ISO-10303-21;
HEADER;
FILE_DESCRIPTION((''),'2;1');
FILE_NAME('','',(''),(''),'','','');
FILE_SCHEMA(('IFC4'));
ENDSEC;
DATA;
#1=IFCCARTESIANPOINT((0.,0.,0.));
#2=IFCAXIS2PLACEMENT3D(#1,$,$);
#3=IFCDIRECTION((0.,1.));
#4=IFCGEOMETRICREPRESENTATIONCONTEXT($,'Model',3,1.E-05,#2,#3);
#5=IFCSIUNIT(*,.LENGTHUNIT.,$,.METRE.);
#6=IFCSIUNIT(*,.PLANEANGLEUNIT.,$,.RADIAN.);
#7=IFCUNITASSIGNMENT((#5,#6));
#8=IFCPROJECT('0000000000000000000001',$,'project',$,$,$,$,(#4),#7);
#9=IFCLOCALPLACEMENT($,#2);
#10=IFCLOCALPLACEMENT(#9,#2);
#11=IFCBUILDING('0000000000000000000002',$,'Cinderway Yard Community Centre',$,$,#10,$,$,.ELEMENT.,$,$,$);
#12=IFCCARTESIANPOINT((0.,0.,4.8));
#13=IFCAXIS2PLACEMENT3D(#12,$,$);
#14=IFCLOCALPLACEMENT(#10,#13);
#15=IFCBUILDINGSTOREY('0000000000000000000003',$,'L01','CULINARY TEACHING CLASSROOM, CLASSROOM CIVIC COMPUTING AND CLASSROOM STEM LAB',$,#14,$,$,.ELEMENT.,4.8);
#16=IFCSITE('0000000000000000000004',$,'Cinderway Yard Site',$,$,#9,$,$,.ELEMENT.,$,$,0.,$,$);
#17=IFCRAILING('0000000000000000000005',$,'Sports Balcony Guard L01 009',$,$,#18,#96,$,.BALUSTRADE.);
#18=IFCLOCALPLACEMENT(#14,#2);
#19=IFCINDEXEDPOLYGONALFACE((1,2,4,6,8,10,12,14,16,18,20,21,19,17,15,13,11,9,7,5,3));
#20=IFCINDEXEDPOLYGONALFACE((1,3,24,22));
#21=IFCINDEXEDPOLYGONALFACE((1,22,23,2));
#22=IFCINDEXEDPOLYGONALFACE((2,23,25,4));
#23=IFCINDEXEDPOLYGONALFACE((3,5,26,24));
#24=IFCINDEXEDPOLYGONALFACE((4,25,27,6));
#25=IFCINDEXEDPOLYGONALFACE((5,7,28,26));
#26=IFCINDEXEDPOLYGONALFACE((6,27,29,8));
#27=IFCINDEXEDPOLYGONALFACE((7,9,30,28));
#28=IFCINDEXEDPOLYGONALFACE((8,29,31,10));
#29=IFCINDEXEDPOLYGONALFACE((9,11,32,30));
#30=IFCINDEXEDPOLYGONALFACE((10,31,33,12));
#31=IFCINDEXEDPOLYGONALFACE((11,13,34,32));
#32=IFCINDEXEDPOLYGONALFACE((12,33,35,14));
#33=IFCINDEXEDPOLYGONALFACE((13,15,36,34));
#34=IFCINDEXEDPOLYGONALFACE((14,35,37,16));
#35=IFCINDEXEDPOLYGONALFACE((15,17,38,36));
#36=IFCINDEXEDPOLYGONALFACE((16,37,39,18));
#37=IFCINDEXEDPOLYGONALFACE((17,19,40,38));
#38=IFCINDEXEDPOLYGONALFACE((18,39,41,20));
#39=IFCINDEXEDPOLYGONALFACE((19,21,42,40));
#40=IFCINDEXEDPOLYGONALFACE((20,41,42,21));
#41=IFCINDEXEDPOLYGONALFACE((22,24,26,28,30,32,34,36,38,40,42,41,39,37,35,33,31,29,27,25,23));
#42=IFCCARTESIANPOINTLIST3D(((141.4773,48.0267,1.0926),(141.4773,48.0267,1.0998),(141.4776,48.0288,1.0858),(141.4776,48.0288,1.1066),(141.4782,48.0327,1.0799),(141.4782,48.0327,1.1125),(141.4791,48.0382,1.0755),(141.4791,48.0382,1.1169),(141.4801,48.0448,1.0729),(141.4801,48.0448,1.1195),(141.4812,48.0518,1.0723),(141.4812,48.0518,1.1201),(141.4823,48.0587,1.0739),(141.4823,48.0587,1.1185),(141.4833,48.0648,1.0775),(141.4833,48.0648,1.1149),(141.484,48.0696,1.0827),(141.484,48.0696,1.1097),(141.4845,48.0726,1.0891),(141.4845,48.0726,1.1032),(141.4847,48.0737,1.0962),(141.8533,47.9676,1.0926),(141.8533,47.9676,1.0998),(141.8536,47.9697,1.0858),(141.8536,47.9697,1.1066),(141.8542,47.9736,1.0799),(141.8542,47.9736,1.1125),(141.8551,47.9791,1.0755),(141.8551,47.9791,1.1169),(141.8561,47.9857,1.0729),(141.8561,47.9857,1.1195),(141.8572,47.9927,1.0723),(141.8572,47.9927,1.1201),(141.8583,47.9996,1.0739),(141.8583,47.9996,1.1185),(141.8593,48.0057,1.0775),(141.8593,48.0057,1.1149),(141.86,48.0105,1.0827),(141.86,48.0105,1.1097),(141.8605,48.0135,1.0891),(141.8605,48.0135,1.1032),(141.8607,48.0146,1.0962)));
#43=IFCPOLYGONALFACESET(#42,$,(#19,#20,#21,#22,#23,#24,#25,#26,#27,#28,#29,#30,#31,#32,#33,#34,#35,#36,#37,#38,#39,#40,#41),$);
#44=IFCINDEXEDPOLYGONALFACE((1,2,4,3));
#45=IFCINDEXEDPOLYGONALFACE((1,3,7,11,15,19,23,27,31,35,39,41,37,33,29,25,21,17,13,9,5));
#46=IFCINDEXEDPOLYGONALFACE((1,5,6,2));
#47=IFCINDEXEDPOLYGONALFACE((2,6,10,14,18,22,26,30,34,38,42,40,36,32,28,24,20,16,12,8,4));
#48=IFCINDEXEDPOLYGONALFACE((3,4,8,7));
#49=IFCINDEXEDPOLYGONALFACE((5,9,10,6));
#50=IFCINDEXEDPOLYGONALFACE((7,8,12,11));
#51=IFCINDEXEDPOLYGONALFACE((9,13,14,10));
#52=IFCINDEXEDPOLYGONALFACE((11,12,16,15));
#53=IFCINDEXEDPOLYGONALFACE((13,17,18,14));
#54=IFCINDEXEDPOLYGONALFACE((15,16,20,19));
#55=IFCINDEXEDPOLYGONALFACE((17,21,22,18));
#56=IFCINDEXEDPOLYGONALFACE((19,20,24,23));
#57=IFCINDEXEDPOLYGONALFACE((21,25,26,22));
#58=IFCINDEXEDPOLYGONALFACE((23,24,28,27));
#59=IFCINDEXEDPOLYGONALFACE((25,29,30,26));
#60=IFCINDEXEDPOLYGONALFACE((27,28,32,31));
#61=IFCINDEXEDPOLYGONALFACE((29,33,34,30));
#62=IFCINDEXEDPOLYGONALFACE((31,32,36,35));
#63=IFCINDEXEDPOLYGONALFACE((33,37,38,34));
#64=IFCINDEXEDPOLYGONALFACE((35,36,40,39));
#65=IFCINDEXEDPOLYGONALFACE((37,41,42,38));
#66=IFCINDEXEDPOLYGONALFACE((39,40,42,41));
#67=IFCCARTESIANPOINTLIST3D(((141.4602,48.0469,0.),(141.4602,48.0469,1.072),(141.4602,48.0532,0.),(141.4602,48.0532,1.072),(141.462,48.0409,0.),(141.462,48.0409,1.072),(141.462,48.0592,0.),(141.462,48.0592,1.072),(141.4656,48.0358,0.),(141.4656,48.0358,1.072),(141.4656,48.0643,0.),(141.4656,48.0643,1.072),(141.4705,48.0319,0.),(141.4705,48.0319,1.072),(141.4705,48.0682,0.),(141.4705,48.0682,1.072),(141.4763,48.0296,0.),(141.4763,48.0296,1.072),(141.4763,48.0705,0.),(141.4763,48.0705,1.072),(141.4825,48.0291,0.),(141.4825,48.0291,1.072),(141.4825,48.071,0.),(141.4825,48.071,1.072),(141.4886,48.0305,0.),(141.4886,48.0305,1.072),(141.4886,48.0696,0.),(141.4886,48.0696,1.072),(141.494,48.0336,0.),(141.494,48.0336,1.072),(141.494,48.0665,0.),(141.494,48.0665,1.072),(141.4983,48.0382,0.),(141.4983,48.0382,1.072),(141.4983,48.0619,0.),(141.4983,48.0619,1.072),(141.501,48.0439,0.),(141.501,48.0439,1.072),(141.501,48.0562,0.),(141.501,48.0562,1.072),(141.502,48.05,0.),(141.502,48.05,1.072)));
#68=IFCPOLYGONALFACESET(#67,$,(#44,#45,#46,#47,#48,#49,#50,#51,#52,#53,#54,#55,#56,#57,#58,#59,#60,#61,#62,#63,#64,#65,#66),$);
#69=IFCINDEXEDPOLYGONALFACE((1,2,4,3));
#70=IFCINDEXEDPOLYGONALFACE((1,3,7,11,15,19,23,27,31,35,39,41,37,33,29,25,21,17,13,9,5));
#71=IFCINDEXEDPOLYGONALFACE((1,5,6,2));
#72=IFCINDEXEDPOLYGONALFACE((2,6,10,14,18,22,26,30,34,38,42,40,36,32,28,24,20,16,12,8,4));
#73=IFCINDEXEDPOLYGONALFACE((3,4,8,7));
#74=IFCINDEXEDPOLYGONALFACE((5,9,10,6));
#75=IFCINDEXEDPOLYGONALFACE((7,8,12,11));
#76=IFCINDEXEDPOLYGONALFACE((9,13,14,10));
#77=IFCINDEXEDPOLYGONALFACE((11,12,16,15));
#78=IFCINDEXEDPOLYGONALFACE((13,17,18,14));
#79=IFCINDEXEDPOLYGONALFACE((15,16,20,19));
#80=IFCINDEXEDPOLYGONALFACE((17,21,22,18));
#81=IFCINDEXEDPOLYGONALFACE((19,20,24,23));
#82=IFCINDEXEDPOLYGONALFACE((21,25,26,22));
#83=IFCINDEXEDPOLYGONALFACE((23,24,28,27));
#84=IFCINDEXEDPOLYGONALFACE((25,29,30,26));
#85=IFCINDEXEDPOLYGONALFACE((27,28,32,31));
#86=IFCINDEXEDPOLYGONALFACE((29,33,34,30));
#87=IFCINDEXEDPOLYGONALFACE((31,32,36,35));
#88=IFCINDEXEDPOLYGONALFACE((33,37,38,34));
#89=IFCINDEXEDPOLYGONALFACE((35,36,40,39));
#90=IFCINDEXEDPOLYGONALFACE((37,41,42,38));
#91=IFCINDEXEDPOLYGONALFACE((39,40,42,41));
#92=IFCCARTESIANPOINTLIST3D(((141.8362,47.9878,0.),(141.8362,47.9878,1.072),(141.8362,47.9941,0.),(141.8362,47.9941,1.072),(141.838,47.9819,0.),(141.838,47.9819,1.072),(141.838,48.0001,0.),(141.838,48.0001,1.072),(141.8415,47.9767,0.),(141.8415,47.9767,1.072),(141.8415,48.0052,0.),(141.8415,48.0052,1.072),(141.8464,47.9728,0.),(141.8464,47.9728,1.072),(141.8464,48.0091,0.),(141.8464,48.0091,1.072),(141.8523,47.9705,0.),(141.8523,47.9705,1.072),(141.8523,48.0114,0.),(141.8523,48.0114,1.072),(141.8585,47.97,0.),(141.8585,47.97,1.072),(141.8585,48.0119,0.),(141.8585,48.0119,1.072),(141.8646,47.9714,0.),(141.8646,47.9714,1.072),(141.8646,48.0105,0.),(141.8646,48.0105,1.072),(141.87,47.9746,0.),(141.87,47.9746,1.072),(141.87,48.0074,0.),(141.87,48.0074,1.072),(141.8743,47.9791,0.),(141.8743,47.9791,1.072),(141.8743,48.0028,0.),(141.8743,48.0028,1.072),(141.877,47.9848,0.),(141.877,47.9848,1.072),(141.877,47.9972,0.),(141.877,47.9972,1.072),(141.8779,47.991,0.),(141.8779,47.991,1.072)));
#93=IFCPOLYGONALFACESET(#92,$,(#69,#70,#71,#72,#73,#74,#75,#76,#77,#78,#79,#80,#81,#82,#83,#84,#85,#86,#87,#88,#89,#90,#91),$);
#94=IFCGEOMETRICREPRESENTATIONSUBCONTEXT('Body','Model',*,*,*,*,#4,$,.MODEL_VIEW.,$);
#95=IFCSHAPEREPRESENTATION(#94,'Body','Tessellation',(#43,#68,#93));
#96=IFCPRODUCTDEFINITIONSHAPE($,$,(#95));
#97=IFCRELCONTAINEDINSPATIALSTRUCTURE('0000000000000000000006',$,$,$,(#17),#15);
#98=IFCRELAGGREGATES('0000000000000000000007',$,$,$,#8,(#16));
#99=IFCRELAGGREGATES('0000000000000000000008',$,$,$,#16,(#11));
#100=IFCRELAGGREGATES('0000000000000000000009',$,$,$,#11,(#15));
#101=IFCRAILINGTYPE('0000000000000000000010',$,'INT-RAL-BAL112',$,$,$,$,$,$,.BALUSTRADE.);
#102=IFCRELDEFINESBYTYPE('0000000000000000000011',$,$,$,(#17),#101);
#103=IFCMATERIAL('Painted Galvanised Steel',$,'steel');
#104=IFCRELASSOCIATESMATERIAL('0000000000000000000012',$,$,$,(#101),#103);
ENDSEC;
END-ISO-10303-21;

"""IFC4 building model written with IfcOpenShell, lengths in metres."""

from ifc_helpers import new_model, si_unit, direction, frame, origin, origin_2d, place, context, subcontext, project, spatial, circle, extrude, material, type_object, element, save


model = new_model("IFC4")

# Units and contexts
model_context = context("Model", 3, precision=1e-05, world=origin(), true_north=direction((0.0, 1.0)))
body_context = subcontext(model_context, "Body", "Model", "MODEL_VIEW")
ifc_project = project(units=[si_unit("LENGTHUNIT", "METRE"), si_unit("PLANEANGLEUNIT", "RADIAN")], contexts=[model_context])

# Site, building, storey
site_placement = place(None, origin())
site = spatial("IfcSite", under=ifc_project, at=site_placement, Name="Cinderway Yard Site", CompositionType="ELEMENT", RefElevation=0.0)
building_placement = place(site_placement, origin())
building = spatial("IfcBuilding", under=site, at=building_placement, Name="Cinderway Yard Community Centre", CompositionType="ELEMENT")
storey_placement = place(building_placement, frame((0.0, 0.0, 4.8)))
storey = spatial("IfcBuildingStorey", under=building, at=storey_placement, Name="L01", Description="CULINARY TEACHING CLASSROOM, CLASSROOM CIVIC COMPUTING AND CLASSROOM STEM LAB", CompositionType="ELEMENT", Elevation=4.8)

# Shared definitions
ifc_material_1 = material(Name="Painted Galvanised Steel", Category="steel")

# Railing
railing_type = type_object("IfcRailingType", Name="INT-RAL-BAL112", PredefinedType="BALUSTRADE", material=ifc_material_1)
railing_1_placement = place(storey_placement, frame((141.481, 48.05, 0.0)))
element("IfcRailing", 1, at=railing_1_placement, inside=storey, type_object=railing_type, Name="Sports Balcony Guard L01 009", PredefinedType="BALUSTRADE", context=body_context, shape_type="SweptSolid", body=[
    extrude(circle(Radius=0.0239, at=origin_2d()), frame((0.0, 0.0, 1.0962), z_axis=(0.987877, -0.155238, 0.0), x_axis=(0.155238, 0.987877, 0.0)), (0.0, 0.0, 1.0), 0.3806),
    extrude(circle(Radius=0.021, at=origin_2d()), origin(), (0.0, 0.0, 1.0), 1.072),
    extrude(circle(Radius=0.021, at=origin_2d()), frame((0.376, -0.0591, 0.0)), (0.0, 0.0, 1.0), 1.072),
])

save(model, "model.ifc")
